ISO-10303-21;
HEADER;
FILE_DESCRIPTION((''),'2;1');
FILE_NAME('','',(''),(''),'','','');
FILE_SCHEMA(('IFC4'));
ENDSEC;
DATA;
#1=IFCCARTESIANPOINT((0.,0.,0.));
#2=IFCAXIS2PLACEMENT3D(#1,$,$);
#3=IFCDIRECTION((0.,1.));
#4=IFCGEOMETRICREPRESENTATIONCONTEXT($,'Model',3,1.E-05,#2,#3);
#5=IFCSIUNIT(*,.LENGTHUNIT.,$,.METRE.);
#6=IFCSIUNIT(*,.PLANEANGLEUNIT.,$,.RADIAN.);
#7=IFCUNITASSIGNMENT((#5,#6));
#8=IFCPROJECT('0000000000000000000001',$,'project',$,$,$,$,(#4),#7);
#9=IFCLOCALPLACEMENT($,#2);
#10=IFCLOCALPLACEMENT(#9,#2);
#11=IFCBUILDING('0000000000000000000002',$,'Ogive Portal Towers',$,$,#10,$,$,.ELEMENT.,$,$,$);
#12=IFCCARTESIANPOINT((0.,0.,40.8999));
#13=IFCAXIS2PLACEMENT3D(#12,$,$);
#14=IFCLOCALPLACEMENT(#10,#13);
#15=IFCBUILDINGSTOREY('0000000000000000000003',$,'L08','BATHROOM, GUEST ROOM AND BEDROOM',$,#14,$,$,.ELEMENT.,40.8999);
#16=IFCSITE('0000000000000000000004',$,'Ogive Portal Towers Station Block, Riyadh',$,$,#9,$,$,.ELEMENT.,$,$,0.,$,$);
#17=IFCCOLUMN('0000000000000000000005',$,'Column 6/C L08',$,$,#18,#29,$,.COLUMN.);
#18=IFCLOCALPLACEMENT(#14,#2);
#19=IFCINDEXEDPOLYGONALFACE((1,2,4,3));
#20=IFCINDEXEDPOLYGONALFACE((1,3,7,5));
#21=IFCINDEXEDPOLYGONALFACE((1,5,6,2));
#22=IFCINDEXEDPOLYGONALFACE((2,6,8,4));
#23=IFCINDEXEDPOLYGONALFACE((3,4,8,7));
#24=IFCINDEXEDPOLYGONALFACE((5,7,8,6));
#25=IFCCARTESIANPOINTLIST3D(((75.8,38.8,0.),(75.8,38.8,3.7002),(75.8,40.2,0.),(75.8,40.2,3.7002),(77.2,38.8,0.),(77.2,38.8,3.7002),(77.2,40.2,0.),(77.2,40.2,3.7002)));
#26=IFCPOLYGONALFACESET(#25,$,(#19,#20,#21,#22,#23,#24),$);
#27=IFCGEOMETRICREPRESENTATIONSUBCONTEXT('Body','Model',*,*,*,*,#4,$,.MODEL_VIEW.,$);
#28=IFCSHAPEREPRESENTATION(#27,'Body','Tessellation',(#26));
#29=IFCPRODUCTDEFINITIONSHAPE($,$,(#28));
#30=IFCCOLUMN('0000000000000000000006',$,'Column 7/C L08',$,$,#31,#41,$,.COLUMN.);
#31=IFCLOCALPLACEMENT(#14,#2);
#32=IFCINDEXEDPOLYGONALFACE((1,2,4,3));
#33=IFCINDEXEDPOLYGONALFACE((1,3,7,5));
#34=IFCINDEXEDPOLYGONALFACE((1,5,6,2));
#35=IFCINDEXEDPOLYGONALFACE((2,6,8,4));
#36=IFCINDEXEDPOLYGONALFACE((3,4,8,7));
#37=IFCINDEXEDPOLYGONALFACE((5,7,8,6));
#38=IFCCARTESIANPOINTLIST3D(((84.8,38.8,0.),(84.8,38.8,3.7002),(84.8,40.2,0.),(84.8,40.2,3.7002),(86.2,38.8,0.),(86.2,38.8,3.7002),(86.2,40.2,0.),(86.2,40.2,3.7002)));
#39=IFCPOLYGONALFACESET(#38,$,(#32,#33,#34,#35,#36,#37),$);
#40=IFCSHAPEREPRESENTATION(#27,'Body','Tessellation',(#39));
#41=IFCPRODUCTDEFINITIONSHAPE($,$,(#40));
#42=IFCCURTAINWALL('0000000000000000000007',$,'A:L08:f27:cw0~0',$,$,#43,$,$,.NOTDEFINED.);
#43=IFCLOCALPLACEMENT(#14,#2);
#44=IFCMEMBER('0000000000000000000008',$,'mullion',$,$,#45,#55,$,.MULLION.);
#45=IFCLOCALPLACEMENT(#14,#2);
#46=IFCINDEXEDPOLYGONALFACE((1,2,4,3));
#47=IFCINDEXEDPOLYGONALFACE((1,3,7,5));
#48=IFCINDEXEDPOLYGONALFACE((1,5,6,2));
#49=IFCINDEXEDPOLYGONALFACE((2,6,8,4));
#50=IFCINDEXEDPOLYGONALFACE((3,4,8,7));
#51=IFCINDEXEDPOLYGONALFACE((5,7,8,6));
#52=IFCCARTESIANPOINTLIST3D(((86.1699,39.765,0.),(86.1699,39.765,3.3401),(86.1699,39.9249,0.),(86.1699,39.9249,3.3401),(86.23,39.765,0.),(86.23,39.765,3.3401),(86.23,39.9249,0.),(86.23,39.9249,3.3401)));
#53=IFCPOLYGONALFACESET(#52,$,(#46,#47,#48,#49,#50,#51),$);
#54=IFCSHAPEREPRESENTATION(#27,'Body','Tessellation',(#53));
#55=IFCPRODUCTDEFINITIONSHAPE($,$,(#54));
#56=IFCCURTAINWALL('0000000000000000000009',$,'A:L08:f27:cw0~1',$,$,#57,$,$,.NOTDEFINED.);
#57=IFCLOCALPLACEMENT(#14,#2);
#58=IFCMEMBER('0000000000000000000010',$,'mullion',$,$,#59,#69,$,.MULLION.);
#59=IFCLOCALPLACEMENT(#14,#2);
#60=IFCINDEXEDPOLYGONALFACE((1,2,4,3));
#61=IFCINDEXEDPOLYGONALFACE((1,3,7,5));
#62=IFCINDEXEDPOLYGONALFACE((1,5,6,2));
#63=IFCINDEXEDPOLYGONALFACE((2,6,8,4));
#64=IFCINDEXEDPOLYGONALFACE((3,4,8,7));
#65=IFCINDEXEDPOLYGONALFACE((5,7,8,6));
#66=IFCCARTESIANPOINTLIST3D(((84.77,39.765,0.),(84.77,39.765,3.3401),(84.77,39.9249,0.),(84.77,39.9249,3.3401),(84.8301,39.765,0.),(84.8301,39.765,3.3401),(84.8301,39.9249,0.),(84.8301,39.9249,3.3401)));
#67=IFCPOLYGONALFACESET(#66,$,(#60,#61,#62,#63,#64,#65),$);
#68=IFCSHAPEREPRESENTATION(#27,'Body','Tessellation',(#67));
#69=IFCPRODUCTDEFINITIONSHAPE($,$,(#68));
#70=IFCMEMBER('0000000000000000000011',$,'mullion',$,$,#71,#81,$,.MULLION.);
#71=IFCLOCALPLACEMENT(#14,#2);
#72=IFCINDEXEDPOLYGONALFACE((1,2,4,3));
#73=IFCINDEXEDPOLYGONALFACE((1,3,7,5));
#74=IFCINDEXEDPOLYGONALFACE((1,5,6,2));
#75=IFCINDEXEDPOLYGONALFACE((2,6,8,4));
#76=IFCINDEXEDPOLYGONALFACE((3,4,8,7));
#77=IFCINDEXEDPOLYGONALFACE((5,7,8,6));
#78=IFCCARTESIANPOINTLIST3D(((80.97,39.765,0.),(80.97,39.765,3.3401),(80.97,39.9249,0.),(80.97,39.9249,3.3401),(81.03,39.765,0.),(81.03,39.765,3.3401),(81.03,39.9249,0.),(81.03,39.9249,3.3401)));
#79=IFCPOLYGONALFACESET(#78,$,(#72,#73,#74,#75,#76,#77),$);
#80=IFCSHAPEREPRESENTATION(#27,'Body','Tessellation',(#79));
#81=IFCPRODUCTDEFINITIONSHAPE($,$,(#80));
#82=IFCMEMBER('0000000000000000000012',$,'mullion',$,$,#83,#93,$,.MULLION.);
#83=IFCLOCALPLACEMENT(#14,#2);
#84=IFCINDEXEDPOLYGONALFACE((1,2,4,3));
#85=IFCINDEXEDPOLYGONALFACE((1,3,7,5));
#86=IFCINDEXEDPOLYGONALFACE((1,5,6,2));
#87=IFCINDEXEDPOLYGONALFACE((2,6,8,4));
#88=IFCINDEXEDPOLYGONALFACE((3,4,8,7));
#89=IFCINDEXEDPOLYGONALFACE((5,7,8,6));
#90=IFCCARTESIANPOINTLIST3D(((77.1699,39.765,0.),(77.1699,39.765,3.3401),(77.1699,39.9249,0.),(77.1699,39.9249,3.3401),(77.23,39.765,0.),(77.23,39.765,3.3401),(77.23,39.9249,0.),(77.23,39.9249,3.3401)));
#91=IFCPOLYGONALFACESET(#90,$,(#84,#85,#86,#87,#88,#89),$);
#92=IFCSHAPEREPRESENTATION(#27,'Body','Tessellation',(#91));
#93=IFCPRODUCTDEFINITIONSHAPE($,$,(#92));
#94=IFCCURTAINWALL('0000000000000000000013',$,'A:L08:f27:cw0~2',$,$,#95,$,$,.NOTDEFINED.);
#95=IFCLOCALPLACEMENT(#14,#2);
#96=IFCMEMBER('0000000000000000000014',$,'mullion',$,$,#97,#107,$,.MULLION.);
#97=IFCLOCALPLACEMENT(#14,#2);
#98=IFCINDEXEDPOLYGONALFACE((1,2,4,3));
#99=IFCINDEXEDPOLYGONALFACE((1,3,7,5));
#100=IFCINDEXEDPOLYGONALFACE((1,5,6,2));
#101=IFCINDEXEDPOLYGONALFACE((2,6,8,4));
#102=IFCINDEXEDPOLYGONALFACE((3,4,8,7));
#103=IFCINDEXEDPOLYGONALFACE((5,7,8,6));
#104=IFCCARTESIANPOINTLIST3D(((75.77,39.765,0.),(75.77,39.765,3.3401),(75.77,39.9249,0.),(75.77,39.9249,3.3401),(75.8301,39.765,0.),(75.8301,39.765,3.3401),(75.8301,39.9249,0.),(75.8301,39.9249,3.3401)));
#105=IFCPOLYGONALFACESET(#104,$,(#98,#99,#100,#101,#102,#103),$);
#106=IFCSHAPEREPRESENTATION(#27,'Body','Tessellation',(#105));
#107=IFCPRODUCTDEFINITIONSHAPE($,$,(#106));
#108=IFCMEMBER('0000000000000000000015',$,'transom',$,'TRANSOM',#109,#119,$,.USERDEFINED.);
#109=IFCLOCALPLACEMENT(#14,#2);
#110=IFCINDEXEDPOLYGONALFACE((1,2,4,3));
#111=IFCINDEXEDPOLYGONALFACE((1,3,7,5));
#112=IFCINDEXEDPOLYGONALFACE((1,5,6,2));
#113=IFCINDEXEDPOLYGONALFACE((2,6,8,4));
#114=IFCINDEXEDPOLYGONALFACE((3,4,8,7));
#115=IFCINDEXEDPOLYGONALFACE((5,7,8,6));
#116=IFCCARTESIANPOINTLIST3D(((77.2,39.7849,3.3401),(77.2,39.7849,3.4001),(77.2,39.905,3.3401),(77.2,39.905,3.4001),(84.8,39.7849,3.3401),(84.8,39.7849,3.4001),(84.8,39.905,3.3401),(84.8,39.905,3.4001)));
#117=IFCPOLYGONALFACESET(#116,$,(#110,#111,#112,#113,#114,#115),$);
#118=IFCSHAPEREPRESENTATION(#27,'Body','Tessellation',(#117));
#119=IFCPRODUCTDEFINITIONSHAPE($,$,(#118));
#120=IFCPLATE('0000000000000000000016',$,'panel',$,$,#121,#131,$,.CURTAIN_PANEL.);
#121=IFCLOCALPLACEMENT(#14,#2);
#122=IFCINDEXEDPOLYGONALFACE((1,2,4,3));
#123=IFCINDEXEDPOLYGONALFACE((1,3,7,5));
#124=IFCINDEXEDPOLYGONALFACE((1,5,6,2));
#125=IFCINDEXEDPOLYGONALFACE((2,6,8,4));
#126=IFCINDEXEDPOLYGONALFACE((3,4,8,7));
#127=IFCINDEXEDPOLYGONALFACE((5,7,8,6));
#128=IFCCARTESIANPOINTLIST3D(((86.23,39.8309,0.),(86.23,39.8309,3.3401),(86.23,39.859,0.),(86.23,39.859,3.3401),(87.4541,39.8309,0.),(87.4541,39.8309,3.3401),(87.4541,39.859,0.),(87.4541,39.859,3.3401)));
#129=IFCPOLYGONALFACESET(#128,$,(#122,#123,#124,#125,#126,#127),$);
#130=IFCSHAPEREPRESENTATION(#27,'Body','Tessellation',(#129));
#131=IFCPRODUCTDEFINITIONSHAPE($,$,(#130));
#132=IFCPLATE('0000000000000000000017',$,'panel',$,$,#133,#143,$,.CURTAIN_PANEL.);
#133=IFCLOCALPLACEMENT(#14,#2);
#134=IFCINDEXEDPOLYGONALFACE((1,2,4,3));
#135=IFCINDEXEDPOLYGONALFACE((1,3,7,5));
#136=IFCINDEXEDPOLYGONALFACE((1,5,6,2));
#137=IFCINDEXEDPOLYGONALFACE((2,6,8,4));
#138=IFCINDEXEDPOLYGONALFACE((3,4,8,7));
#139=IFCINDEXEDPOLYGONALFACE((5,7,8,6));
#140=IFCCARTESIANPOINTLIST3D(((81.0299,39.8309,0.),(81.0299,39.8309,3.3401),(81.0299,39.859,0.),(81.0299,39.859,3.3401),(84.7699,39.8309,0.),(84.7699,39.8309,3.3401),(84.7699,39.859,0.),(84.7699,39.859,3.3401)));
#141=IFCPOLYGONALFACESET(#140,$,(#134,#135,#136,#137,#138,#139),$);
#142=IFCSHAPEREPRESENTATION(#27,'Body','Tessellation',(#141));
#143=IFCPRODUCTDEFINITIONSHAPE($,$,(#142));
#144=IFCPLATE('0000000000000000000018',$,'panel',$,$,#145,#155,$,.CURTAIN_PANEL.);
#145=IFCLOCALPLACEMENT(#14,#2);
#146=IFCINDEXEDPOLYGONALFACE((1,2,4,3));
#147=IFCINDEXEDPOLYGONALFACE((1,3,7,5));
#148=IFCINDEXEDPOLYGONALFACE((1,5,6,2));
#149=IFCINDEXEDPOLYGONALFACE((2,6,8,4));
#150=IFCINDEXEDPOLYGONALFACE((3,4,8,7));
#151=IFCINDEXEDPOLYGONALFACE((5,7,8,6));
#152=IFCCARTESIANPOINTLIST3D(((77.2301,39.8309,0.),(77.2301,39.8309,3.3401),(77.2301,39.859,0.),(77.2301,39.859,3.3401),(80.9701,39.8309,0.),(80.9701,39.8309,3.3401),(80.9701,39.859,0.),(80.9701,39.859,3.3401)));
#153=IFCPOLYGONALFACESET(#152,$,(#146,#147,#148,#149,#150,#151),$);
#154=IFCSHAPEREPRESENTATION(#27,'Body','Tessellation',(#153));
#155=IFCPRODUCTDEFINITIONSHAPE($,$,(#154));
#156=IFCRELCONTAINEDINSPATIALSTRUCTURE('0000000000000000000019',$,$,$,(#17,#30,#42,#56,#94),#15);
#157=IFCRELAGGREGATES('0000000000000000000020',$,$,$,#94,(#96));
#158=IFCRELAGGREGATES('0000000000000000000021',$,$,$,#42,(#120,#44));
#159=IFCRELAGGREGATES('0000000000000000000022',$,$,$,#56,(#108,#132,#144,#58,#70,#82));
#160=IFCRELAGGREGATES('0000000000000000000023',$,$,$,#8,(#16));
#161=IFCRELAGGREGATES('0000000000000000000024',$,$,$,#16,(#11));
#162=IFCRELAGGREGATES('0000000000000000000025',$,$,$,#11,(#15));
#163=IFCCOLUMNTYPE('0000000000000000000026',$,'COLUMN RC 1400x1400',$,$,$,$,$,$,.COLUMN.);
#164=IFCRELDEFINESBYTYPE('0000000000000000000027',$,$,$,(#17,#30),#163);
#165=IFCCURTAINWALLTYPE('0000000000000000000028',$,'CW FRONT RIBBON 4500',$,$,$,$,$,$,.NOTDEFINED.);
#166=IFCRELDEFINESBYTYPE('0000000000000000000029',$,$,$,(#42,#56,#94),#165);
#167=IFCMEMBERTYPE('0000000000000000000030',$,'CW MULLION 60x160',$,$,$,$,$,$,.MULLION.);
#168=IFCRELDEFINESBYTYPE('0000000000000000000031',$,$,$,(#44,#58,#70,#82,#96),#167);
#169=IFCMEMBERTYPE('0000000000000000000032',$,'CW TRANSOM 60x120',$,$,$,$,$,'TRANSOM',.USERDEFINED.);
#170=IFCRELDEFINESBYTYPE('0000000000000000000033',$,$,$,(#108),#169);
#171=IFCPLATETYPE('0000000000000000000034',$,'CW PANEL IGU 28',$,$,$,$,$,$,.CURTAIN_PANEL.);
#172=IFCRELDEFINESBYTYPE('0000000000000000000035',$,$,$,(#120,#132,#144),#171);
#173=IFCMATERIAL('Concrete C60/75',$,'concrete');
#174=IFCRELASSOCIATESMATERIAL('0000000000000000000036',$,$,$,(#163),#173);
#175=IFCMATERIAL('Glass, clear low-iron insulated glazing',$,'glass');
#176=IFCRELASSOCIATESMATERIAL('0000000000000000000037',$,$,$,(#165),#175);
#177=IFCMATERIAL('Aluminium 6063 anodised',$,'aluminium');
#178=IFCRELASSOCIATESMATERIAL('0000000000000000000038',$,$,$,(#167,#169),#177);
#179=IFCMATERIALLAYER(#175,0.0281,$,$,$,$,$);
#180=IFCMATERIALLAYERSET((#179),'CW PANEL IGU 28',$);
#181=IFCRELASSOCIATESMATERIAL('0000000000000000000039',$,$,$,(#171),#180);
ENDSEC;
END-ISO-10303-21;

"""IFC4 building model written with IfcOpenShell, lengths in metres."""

from ifc_helpers import new_model, si_unit, direction, frame, origin, origin_2d, place, context, subcontext, project, spatial, rectangle, extrude, material, layer, layer_set, material_profile, profile_set, type_object, element, aggregate, save


model = new_model("IFC4")

# Units and contexts
model_context = context("Model", 3, precision=1e-05, world=origin(), true_north=direction((0.0, 1.0)))
body_context = subcontext(model_context, "Body", "Model", "MODEL_VIEW")
ifc_project = project(units=[si_unit("LENGTHUNIT", "METRE"), si_unit("PLANEANGLEUNIT", "RADIAN")], contexts=[model_context])

# Site, building, storey
site_placement = place(None, origin())
site = spatial("IfcSite", under=ifc_project, at=site_placement, Name="Ogive Portal Towers Station Block, Riyadh", CompositionType="ELEMENT", RefElevation=0.0)
building_placement = place(site_placement, origin())
building = spatial("IfcBuilding", under=site, at=building_placement, Name="Ogive Portal Towers", CompositionType="ELEMENT")
storey_placement = place(building_placement, frame((0.0, 0.0, 40.8999)))
storey = spatial("IfcBuildingStorey", under=building, at=storey_placement, Name="L08", Description="BATHROOM, GUEST ROOM AND BEDROOM", CompositionType="ELEMENT", Elevation=40.8999)

# Columns
ifc_material_1 = material(Name="Concrete C60/75", Category="concrete")
ifc_material_profile_1 = material_profile(ifc_material_1, rectangle(XDim=1.3999, YDim=1.3999, at=origin_2d()), Name="RC 1400x1400")
ifc_profile_set_1 = profile_set([ifc_material_profile_1], Name="Concrete C60/75")
column_type = type_object("IfcColumnType", Name="COLUMN RC 1400x1400", PredefinedType="COLUMN", material=ifc_profile_set_1)
for number, where, z_axis, x_axis, name in (
    (1, (76.5, 39.5, 0.0), (0.0, 0.0, 1.0), (1.0, 0.0, 0.0), "Column 6/C L08"),
    (2, (85.5, 39.5, 0.0), (0.0, 0.0, 1.0), (1.0, 0.0, 0.0), "Column 7/C L08"),
):
    element("IfcColumn", number, at=place(storey_placement, frame(where, z_axis=z_axis, x_axis=x_axis)), inside=storey, type_object=column_type, Name=name, PredefinedType="COLUMN", context=body_context, shape_type="SweptSolid", body=[
        extrude(rectangle(XDim=1.3999, YDim=1.3999, at=origin_2d()), origin(), (0.0, 0.0, 1.0), 3.7002),
    ])

# Curtain wall, member
ifc_material_2 = material(Name="Glass, clear low-iron insulated glazing", Category="glass")
curtain_wall_type = type_object("IfcCurtainWallType", Name="CW FRONT RIBBON 4500", PredefinedType="NOTDEFINED", material=ifc_material_2)
curtain_wall_1_placement = place(storey_placement, origin())
curtain_wall_1 = element("IfcCurtainWall", 3, at=curtain_wall_1_placement, inside=storey, type_object=curtain_wall_type, Name="A:L08:f27:cw0~0", PredefinedType="NOTDEFINED")
ifc_material_3 = material(Name="Aluminium 6063 anodised", Category="aluminium")
ifc_material_profile_2 = material_profile(ifc_material_3, rectangle(XDim=0.1599, YDim=0.0601, at=origin_2d()), Name="AL 60x160")
ifc_profile_set_2 = profile_set([ifc_material_profile_2], Name="Aluminium 6063 anodised")
member_type_1 = type_object("IfcMemberType", Name="CW MULLION 60x160", PredefinedType="MULLION", material=ifc_profile_set_2)
member_1_placement = place(storey_placement, frame((86.2, 39.845, 0.0), z_axis=(0.0, 0.0, 1.0), x_axis=(0.0, -1.0, 0.0)))
member_1 = element("IfcMember", 4, at=member_1_placement, type_object=member_type_1, Name="mullion", PredefinedType="MULLION", context=body_context, shape_type="SweptSolid", body=[
    extrude(rectangle(XDim=0.1599, YDim=0.0601, at=origin_2d()), origin(), (0.0, 0.0, 1.0), 3.3401),
])

# Curtain wall, members
curtain_wall_2_placement = place(storey_placement, origin())
curtain_wall_2 = element("IfcCurtainWall", 5, at=curtain_wall_2_placement, inside=storey, type_object=curtain_wall_type, Name="A:L08:f27:cw0~1", PredefinedType="NOTDEFINED")
member_2_placement = place(storey_placement, frame((84.8, 39.845, 0.0), z_axis=(0.0, 0.0, 1.0), x_axis=(0.0, -1.0, 0.0)))
member_2 = element("IfcMember", 6, at=member_2_placement, type_object=member_type_1, Name="mullion", PredefinedType="MULLION", context=body_context, shape_type="SweptSolid", body=[
    extrude(rectangle(XDim=0.1599, YDim=0.0601, at=origin_2d()), origin(), (0.0, 0.0, 1.0), 3.3401),
])
member_3_placement = place(storey_placement, frame((81.0, 39.845, 0.0), z_axis=(0.0, 0.0, 1.0), x_axis=(0.0, -1.0, 0.0)))
member_3 = element("IfcMember", 7, at=member_3_placement, type_object=member_type_1, Name="mullion", PredefinedType="MULLION", context=body_context, shape_type="SweptSolid", body=[
    extrude(rectangle(XDim=0.1599, YDim=0.0601, at=origin_2d()), origin(), (0.0, 0.0, 1.0), 3.3401),
])
member_4_placement = place(storey_placement, frame((77.2, 39.845, 0.0), z_axis=(0.0, 0.0, 1.0), x_axis=(0.0, -1.0, 0.0)))
member_4 = element("IfcMember", 8, at=member_4_placement, type_object=member_type_1, Name="mullion", PredefinedType="MULLION", context=body_context, shape_type="SweptSolid", body=[
    extrude(rectangle(XDim=0.1599, YDim=0.0601, at=origin_2d()), origin(), (0.0, 0.0, 1.0), 3.3401),
])

# Curtain wall, member
curtain_wall_3_placement = place(storey_placement, origin())
curtain_wall_3 = element("IfcCurtainWall", 9, at=curtain_wall_3_placement, inside=storey, type_object=curtain_wall_type, Name="A:L08:f27:cw0~2", PredefinedType="NOTDEFINED")
member_5_placement = place(storey_placement, frame((75.8, 39.845, 0.0), z_axis=(0.0, 0.0, 1.0), x_axis=(0.0, -1.0, 0.0)))
member_5 = element("IfcMember", 10, at=member_5_placement, type_object=member_type_1, Name="mullion", PredefinedType="MULLION", context=body_context, shape_type="SweptSolid", body=[
    extrude(rectangle(XDim=0.1599, YDim=0.0601, at=origin_2d()), origin(), (0.0, 0.0, 1.0), 3.3401),
])
aggregate(curtain_wall_3, [member_5])

# Member
ifc_material_profile_3 = material_profile(ifc_material_3, rectangle(XDim=0.1201, YDim=0.0601, at=origin_2d()), Name="AL 120x60")
ifc_profile_set_3 = profile_set([ifc_material_profile_3], Name="Aluminium 6063 anodised")
member_type_2 = type_object("IfcMemberType", Name="CW TRANSOM 60x120", ElementType="TRANSOM", PredefinedType="USERDEFINED", material=ifc_profile_set_3)
member_6_placement = place(storey_placement, frame((84.8, 39.845, 3.3701), z_axis=(-1.0, 0.0, 0.0), x_axis=(0.0, -1.0, 0.0)))
member_6 = element("IfcMember", 11, at=member_6_placement, type_object=member_type_2, Name="transom", ObjectType="TRANSOM", PredefinedType="USERDEFINED", context=body_context, shape_type="SweptSolid", body=[
    extrude(rectangle(XDim=0.1201, YDim=0.0601, at=origin_2d()), origin(), (0.0, 0.0, 1.0), 7.6001),
])

# Plates
ifc_layer_1 = layer(ifc_material_2, 0.0281)
ifc_layer_set_1 = layer_set([ifc_layer_1], Name="CW PANEL IGU 28")
plate_type = type_object("IfcPlateType", Name="CW PANEL IGU 28", PredefinedType="CURTAIN_PANEL", material=ifc_layer_set_1)
plate_1_placement = place(storey_placement, frame((86.842, 39.845, 0.0), z_axis=(0.0, 0.0, 1.0), x_axis=(-1.0, 0.0, 0.0)))
plate_1 = element("IfcPlate", 12, at=plate_1_placement, type_object=plate_type, Name="panel", PredefinedType="CURTAIN_PANEL", context=body_context, shape_type="SweptSolid", body=[
    extrude(rectangle(XDim=1.2241, YDim=0.0281, at=origin_2d()), origin(), (0.0, 0.0, 1.0), 3.3401),
])
aggregate(curtain_wall_1, [plate_1, member_1])
plate_2_placement = place(storey_placement, frame((82.8999, 39.845, 0.0), z_axis=(0.0, 0.0, 1.0), x_axis=(-1.0, 0.0, 0.0)))
plate_2 = element("IfcPlate", 13, at=plate_2_placement, type_object=plate_type, Name="panel", PredefinedType="CURTAIN_PANEL", context=body_context, shape_type="SweptSolid", body=[
    extrude(rectangle(XDim=3.74, YDim=0.0281, at=origin_2d()), origin(), (0.0, 0.0, 1.0), 3.3401),
])
plate_3_placement = place(storey_placement, frame((79.1001, 39.845, 0.0), z_axis=(0.0, 0.0, 1.0), x_axis=(-1.0, 0.0, 0.0)))
plate_3 = element("IfcPlate", 14, at=plate_3_placement, type_object=plate_type, Name="panel", PredefinedType="CURTAIN_PANEL", context=body_context, shape_type="SweptSolid", body=[
    extrude(rectangle(XDim=3.74, YDim=0.0281, at=origin_2d()), origin(), (0.0, 0.0, 1.0), 3.3401),
])
aggregate(curtain_wall_2, [member_6, plate_2, plate_3, member_2, member_3, member_4])

save(model, "model.ifc")
